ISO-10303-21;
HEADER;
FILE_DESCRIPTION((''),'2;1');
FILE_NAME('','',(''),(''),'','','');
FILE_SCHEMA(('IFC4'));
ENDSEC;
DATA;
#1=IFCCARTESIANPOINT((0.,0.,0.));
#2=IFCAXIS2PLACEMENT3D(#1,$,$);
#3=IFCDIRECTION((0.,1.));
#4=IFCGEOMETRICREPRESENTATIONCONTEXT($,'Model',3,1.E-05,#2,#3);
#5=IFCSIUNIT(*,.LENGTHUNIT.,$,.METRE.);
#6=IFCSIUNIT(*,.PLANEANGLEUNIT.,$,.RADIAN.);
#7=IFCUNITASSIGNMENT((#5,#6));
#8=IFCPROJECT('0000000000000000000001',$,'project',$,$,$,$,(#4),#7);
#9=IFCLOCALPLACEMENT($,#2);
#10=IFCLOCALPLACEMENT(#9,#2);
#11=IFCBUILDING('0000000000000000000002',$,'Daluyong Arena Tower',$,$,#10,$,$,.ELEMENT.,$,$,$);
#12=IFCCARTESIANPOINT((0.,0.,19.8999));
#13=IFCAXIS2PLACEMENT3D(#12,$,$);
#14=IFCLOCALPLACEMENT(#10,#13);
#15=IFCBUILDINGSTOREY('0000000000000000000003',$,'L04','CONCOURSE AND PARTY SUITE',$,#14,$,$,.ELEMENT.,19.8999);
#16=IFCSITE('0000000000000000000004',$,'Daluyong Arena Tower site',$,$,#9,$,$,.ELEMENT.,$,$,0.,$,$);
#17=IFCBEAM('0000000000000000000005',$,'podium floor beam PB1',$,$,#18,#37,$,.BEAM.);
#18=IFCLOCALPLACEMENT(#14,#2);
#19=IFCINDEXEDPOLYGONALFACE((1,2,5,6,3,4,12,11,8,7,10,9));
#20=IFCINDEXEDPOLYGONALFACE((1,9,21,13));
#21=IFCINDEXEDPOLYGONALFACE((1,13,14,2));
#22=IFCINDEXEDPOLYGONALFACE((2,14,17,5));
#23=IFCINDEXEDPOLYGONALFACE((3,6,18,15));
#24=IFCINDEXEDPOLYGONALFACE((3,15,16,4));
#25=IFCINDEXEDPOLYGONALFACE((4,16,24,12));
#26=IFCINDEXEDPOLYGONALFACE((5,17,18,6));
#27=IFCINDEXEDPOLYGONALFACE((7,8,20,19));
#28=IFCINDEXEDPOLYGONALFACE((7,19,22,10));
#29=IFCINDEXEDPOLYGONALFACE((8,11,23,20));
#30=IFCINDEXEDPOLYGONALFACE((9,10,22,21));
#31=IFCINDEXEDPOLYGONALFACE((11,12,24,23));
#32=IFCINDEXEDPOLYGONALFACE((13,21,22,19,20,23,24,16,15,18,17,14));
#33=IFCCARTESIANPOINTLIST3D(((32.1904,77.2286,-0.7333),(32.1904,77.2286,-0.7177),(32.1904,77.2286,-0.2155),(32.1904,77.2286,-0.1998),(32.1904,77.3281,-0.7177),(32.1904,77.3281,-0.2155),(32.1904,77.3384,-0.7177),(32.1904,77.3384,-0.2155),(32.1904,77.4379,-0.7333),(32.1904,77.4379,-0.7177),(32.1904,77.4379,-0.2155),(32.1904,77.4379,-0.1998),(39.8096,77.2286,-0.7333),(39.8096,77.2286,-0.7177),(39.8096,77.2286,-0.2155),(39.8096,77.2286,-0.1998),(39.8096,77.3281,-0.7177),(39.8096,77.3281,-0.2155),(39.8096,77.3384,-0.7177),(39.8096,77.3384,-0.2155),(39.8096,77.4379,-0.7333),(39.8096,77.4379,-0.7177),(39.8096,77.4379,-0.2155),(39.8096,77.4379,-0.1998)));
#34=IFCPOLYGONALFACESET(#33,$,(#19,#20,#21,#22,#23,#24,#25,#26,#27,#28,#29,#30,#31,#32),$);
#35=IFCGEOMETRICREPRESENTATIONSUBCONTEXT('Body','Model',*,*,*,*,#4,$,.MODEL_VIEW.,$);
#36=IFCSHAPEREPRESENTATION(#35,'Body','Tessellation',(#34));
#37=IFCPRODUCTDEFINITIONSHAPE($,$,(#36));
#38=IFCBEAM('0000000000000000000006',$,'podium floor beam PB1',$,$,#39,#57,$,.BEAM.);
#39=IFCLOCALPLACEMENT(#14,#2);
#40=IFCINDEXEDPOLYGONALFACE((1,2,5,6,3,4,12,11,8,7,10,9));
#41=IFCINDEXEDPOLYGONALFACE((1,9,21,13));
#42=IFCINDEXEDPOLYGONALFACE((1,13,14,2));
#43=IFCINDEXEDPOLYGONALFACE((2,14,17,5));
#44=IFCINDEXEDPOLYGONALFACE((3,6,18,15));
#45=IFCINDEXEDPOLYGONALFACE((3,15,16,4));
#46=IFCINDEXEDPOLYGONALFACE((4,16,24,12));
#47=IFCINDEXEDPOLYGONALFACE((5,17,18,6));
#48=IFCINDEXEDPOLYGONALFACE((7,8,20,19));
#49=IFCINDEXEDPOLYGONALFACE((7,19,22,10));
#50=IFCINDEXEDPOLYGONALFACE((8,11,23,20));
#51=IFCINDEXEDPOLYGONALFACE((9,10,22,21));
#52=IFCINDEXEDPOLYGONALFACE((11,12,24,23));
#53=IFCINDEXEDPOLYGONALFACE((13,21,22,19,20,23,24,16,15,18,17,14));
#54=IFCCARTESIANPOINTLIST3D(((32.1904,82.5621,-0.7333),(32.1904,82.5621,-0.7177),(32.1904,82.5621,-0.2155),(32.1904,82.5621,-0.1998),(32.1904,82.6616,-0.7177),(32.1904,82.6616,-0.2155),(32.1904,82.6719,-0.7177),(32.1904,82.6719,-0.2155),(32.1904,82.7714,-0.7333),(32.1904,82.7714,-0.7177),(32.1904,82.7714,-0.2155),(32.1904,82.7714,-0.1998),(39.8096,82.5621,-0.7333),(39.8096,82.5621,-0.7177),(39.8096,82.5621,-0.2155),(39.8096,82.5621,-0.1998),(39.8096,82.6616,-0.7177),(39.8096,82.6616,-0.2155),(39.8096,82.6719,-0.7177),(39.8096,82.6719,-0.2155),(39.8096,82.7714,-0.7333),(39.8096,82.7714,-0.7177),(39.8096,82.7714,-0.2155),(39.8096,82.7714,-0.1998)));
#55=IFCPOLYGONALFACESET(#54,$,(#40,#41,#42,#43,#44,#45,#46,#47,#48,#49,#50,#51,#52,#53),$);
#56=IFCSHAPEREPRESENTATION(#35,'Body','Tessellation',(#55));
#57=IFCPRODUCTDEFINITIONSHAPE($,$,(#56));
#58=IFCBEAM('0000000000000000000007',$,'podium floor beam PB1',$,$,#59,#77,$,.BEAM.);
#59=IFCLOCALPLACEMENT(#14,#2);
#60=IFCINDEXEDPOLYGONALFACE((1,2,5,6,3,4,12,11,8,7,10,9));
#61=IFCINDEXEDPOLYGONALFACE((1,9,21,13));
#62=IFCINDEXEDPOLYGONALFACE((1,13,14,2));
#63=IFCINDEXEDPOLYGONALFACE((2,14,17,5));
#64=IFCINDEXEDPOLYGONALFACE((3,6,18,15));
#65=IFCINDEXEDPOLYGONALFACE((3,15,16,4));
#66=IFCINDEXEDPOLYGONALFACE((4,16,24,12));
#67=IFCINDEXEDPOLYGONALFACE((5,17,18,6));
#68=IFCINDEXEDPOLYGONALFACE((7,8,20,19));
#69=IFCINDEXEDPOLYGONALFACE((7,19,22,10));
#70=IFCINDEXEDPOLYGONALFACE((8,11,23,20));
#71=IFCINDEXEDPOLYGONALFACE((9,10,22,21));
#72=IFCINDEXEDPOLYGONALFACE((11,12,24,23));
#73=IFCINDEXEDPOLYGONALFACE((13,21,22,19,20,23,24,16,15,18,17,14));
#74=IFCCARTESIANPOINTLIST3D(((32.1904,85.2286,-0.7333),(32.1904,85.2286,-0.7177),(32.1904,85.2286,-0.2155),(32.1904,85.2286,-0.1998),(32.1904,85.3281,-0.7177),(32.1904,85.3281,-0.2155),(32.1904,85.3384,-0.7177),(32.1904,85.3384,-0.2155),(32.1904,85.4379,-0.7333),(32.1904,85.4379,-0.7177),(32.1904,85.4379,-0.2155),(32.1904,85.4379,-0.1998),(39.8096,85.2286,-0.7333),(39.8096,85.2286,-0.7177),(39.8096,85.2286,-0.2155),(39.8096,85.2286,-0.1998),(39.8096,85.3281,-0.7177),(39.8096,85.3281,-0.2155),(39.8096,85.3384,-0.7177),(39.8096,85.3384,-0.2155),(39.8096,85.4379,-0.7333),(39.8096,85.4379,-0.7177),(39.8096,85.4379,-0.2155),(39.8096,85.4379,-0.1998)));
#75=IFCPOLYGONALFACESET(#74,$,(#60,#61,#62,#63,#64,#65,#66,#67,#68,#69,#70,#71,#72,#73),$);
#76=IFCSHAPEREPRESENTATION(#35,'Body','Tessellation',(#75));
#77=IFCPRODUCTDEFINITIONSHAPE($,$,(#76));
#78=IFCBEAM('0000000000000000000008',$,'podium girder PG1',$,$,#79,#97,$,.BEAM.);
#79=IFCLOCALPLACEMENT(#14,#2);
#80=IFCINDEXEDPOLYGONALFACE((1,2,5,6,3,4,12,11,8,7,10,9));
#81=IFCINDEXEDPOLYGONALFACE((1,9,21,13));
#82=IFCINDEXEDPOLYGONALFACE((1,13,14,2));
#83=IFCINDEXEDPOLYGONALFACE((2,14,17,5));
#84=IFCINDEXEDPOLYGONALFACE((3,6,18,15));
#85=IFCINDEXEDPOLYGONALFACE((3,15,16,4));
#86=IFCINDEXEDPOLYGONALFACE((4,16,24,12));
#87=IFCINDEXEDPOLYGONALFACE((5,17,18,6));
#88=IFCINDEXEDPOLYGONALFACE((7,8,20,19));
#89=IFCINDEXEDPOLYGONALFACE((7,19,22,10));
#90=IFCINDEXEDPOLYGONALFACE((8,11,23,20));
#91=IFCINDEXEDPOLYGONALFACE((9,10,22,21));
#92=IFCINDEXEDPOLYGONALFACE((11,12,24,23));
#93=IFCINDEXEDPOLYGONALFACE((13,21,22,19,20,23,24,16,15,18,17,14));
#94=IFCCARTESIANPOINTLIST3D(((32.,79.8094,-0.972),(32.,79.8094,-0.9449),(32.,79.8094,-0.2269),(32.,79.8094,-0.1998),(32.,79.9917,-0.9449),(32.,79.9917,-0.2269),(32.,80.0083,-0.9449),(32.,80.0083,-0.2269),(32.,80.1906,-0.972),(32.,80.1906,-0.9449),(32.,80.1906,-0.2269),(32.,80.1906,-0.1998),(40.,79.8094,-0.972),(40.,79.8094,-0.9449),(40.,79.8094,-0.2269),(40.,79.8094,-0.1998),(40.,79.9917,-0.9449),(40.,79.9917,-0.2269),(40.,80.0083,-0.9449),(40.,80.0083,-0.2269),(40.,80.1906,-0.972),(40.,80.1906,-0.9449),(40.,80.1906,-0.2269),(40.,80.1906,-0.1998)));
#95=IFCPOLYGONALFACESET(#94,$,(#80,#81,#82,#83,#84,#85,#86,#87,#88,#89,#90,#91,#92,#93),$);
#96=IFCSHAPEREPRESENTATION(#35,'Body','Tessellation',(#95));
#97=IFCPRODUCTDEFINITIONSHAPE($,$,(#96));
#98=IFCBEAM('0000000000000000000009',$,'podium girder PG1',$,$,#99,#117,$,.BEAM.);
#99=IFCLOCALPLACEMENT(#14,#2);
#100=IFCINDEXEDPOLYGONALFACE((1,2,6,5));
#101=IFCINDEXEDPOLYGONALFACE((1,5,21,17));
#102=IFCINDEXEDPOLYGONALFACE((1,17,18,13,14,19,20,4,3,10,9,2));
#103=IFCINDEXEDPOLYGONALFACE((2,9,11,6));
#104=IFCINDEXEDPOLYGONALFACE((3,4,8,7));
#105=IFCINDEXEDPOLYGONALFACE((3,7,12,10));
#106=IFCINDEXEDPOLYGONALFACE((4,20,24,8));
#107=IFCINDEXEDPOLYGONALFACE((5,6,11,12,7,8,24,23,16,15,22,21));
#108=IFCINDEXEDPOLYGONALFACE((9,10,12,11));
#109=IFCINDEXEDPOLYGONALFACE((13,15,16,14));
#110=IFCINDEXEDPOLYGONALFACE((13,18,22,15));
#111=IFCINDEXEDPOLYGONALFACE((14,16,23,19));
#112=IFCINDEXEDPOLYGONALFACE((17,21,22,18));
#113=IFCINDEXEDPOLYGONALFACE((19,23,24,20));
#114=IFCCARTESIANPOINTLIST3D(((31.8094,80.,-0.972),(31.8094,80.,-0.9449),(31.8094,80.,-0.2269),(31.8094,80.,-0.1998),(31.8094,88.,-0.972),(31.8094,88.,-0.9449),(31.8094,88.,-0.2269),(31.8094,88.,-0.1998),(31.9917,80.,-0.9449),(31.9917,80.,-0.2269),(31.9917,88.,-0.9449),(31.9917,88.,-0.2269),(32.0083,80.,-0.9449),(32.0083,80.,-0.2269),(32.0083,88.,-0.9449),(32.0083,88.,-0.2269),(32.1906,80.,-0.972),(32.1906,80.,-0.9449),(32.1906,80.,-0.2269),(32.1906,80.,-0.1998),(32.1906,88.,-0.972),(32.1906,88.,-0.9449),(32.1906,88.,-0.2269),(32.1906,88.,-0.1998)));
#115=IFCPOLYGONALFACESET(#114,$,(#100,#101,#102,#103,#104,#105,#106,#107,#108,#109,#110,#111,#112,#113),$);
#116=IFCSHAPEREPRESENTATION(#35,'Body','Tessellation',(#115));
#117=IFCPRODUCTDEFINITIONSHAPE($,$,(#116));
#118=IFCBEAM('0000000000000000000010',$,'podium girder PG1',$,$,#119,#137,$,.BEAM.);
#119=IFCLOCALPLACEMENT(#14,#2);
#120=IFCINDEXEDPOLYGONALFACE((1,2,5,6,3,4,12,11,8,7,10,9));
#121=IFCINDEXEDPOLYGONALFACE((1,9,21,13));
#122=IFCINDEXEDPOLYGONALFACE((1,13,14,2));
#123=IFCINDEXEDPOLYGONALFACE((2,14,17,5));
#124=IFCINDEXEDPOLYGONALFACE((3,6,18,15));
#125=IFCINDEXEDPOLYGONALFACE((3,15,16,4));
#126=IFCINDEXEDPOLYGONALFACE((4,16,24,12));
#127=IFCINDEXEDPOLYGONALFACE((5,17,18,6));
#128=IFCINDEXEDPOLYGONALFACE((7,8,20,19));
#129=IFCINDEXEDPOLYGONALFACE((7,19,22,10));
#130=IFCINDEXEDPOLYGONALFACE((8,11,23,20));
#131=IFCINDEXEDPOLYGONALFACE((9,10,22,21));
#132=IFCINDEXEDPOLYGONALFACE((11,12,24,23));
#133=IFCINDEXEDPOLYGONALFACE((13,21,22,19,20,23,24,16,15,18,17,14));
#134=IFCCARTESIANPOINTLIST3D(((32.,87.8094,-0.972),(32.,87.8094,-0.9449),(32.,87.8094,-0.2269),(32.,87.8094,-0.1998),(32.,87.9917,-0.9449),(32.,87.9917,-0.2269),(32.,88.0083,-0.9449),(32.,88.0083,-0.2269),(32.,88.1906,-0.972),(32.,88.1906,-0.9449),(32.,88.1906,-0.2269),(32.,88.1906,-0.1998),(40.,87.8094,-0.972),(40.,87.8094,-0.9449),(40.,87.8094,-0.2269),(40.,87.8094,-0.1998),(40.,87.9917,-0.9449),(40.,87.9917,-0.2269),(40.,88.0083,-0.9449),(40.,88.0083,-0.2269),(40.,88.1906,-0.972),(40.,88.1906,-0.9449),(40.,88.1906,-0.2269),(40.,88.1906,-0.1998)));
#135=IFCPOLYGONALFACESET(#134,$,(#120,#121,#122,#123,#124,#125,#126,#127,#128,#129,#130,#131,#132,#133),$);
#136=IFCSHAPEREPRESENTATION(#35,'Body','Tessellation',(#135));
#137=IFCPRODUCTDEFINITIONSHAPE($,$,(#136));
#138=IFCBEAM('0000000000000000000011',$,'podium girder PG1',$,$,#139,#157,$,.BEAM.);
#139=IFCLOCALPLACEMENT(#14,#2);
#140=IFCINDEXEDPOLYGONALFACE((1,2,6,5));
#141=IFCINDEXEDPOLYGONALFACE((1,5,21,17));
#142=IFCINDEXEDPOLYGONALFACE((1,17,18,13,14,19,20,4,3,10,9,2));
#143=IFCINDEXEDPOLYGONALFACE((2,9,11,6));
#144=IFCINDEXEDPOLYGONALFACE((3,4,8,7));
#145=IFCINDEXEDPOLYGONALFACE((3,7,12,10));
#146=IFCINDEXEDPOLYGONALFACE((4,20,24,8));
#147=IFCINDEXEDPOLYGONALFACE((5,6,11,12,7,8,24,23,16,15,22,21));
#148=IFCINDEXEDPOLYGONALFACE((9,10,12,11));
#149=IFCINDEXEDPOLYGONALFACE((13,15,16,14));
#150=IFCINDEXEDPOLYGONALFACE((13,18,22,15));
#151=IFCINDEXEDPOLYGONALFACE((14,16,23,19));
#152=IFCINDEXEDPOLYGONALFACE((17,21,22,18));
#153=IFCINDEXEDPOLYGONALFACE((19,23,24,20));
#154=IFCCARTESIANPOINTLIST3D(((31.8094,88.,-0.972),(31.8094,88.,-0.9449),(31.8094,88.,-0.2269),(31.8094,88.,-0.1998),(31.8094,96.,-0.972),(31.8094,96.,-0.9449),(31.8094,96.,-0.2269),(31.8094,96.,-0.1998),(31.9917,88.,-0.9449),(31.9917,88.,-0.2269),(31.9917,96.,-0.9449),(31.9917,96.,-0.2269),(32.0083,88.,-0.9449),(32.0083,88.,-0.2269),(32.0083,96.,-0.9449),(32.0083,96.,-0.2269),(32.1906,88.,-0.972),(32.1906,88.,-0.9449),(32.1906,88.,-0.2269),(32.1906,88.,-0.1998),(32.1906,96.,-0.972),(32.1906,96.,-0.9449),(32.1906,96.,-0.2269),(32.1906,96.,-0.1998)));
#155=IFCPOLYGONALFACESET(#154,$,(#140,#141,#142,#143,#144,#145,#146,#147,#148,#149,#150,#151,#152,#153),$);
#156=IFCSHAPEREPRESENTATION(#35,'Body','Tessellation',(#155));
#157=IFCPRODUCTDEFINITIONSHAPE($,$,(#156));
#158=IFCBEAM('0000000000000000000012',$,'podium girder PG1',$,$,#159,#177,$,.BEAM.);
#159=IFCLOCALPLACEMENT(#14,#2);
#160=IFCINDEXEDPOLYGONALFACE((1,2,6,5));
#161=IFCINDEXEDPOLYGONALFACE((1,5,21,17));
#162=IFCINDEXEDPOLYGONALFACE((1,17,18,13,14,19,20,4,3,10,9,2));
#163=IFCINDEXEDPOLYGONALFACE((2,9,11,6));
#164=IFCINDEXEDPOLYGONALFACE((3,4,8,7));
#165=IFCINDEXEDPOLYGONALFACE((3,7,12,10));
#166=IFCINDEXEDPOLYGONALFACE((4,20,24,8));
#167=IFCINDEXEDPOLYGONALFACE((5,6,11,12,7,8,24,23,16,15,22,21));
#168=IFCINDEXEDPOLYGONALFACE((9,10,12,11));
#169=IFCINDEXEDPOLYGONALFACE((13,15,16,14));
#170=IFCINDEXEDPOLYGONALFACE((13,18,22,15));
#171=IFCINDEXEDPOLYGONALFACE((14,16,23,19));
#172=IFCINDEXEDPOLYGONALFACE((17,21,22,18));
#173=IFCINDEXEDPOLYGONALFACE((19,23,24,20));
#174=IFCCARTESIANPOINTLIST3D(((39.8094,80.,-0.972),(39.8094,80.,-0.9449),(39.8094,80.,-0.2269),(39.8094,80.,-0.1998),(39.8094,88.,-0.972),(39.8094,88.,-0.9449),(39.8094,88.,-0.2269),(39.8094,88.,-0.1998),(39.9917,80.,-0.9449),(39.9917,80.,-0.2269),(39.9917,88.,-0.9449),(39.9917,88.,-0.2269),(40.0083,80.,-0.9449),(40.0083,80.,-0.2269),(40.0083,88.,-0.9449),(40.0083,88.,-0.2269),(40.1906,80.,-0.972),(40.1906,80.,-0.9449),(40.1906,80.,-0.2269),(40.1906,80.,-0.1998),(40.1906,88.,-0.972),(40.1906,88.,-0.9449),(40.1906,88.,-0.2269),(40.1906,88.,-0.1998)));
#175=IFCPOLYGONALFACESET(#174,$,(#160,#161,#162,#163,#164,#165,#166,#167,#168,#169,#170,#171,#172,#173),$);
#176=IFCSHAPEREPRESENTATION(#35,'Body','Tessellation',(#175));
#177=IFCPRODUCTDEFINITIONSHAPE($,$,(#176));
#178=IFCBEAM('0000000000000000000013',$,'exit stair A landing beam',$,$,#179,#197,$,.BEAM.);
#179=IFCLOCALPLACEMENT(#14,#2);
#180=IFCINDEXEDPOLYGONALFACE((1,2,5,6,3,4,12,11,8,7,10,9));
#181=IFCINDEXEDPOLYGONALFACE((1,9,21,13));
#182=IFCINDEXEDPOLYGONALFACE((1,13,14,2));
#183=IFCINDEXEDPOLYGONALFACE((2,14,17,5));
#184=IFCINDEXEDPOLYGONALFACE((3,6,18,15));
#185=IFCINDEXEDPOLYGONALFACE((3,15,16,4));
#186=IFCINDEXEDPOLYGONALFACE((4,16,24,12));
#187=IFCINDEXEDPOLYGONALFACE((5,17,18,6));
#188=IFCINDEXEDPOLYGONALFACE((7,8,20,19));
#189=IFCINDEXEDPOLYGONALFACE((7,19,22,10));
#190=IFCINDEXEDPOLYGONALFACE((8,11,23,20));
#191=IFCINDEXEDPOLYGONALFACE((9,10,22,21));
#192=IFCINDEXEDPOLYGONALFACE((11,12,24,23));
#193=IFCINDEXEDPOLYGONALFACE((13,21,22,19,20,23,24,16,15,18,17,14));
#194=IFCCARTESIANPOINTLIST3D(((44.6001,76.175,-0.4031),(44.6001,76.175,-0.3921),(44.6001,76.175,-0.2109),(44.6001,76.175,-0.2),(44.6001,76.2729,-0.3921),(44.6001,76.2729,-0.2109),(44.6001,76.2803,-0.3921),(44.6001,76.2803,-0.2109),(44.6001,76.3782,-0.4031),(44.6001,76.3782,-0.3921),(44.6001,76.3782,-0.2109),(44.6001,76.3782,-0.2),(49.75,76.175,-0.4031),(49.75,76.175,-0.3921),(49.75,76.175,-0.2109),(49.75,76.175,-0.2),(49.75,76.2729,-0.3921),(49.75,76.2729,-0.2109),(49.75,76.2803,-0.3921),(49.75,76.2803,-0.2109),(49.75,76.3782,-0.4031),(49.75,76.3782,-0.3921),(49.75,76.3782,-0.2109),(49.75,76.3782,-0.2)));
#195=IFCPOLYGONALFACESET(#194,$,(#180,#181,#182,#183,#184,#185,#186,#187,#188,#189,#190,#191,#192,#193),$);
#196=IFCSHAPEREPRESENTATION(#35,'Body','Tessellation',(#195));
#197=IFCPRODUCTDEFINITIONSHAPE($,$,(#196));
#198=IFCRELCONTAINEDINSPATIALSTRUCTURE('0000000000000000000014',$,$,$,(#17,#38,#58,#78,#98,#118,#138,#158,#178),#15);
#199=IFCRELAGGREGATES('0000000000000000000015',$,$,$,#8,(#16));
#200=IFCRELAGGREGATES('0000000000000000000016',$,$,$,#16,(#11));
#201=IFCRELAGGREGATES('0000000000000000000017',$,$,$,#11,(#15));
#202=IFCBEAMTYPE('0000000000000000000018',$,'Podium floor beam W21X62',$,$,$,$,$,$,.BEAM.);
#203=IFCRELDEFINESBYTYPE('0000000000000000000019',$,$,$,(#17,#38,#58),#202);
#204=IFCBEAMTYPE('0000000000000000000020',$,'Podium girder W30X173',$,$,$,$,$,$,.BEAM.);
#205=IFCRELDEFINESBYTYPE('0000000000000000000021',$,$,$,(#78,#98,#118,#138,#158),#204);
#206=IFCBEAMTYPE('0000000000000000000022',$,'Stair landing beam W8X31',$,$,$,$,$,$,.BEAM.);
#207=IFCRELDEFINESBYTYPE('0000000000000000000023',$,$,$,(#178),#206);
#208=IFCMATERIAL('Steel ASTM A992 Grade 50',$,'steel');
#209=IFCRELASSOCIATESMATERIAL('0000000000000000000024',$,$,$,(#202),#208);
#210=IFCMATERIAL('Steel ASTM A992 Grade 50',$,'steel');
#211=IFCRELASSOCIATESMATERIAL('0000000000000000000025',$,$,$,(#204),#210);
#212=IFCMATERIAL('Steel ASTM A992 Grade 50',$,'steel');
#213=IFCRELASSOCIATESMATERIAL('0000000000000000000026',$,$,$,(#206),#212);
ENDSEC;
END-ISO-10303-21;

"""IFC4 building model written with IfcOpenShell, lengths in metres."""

from ifc_helpers import new_model, si_unit, direction, frame, origin, origin_2d, place, context, subcontext, project, spatial, i_section, extrude, material, material_profile, profile_set, type_object, element, save


model = new_model("IFC4")

# Units and contexts
model_context = context("Model", 3, precision=1e-05, world=origin(), true_north=direction((0.0, 1.0)))
body_context = subcontext(model_context, "Body", "Model", "MODEL_VIEW")
ifc_project = project(units=[si_unit("LENGTHUNIT", "METRE"), si_unit("PLANEANGLEUNIT", "RADIAN")], contexts=[model_context])

# Site, building, storey
site_placement = place(None, origin())
site = spatial("IfcSite", under=ifc_project, at=site_placement, Name="Daluyong Arena Tower site", CompositionType="ELEMENT", RefElevation=0.0)
building_placement = place(site_placement, origin())
building = spatial("IfcBuilding", under=site, at=building_placement, Name="Daluyong Arena Tower", CompositionType="ELEMENT")
storey_placement = place(building_placement, frame((0.0, 0.0, 19.8999)))
storey = spatial("IfcBuildingStorey", under=building, at=storey_placement, Name="L04", Description="CONCOURSE AND PARTY SUITE", CompositionType="ELEMENT", Elevation=19.8999)

# Beams
ifc_material_1 = material(Name="Steel ASTM A992 Grade 50", Category="steel")
ifc_material_profile_1 = material_profile(ifc_material_1, i_section(OverallWidth=0.2092, OverallDepth=0.5334, WebThickness=0.0103, FlangeThickness=0.0156, at=origin_2d()))
ifc_profile_set_1 = profile_set([ifc_material_profile_1], Name="Steel ASTM A992 Grade 50")
beam_type_1 = type_object("IfcBeamType", Name="Podium floor beam W21X62", PredefinedType="BEAM", material=ifc_profile_set_1)
for number, where, z_axis, x_axis, name in (
    (1, (32.1904, 77.3333, -0.4666), (1.0, 0.0, 0.0), (0.0, 1.0, 0.0), "podium floor beam PB1"),
    (2, (32.1904, 82.6667, -0.4666), (1.0, 0.0, 0.0), (0.0, 1.0, 0.0), "podium floor beam PB1"),
    (3, (32.1904, 85.3333, -0.4666), (1.0, 0.0, 0.0), (0.0, 1.0, 0.0), "podium floor beam PB1"),
):
    element("IfcBeam", number, at=place(storey_placement, frame(where, z_axis=z_axis, x_axis=x_axis)), inside=storey, type_object=beam_type_1, Name=name, PredefinedType="BEAM", context=body_context, shape_type="SweptSolid", body=[
        extrude(i_section(OverallWidth=0.2092, OverallDepth=0.5334, WebThickness=0.0103, FlangeThickness=0.0156, at=origin_2d()), origin(), (0.0, 0.0, 1.0), 7.6191),
    ])
ifc_material_2 = material(Name="Steel ASTM A992 Grade 50", Category="steel")
ifc_material_profile_2 = material_profile(ifc_material_2, i_section(OverallWidth=0.3811, OverallDepth=0.7722, WebThickness=0.0166, FlangeThickness=0.0271, at=origin_2d()))
ifc_profile_set_2 = profile_set([ifc_material_profile_2], Name="Steel ASTM A992 Grade 50")
beam_type_2 = type_object("IfcBeamType", Name="Podium girder W30X173", PredefinedType="BEAM", material=ifc_profile_set_2)
for number, where, z_axis, x_axis, name in (
    (4, (32.0, 80.0, -0.5859), (1.0, 0.0, 0.0), (0.0, 1.0, 0.0), "podium girder PG1"),
    (5, (32.0, 80.0, -0.5859), (0.0, 1.0, 0.0), (-1.0, 0.0, 0.0), "podium girder PG1"),
    (6, (32.0, 88.0, -0.5859), (1.0, 0.0, 0.0), (0.0, 1.0, 0.0), "podium girder PG1"),
    (7, (32.0, 88.0, -0.5859), (0.0, 1.0, 0.0), (-1.0, 0.0, 0.0), "podium girder PG1"),
    (8, (40.0, 80.0, -0.5859), (0.0, 1.0, 0.0), (-1.0, 0.0, 0.0), "podium girder PG1"),
):
    element("IfcBeam", number, at=place(storey_placement, frame(where, z_axis=z_axis, x_axis=x_axis)), inside=storey, type_object=beam_type_2, Name=name, PredefinedType="BEAM", context=body_context, shape_type="SweptSolid", body=[
        extrude(i_section(OverallWidth=0.3811, OverallDepth=0.7722, WebThickness=0.0166, FlangeThickness=0.0271, at=origin_2d()), origin(), (0.0, 0.0, 1.0), 8.0),
    ])
ifc_material_3 = material(Name="Steel ASTM A992 Grade 50", Category="steel")
ifc_material_profile_3 = material_profile(ifc_material_3, i_section(OverallWidth=0.2031, OverallDepth=0.2031, WebThickness=0.0073, FlangeThickness=0.011, at=origin_2d()))
ifc_profile_set_3 = profile_set([ifc_material_profile_3], Name="Steel ASTM A992 Grade 50")
beam_type_3 = type_object("IfcBeamType", Name="Stair landing beam W8X31", PredefinedType="BEAM", material=ifc_profile_set_3)
for number, where, z_axis, x_axis, name in (
    (9, (44.6001, 76.2766, -0.3015), (1.0, 0.0, 0.0), (0.0, 1.0, 0.0), "exit stair A landing beam"),
):
    element("IfcBeam", number, at=place(storey_placement, frame(where, z_axis=z_axis, x_axis=x_axis)), inside=storey, type_object=beam_type_3, Name=name, PredefinedType="BEAM", context=body_context, shape_type="SweptSolid", body=[
        extrude(i_section(OverallWidth=0.2031, OverallDepth=0.2031, WebThickness=0.0073, FlangeThickness=0.011, at=origin_2d()), origin(), (0.0, 0.0, 1.0), 5.1499),
    ])

save(model, "model.ifc")
